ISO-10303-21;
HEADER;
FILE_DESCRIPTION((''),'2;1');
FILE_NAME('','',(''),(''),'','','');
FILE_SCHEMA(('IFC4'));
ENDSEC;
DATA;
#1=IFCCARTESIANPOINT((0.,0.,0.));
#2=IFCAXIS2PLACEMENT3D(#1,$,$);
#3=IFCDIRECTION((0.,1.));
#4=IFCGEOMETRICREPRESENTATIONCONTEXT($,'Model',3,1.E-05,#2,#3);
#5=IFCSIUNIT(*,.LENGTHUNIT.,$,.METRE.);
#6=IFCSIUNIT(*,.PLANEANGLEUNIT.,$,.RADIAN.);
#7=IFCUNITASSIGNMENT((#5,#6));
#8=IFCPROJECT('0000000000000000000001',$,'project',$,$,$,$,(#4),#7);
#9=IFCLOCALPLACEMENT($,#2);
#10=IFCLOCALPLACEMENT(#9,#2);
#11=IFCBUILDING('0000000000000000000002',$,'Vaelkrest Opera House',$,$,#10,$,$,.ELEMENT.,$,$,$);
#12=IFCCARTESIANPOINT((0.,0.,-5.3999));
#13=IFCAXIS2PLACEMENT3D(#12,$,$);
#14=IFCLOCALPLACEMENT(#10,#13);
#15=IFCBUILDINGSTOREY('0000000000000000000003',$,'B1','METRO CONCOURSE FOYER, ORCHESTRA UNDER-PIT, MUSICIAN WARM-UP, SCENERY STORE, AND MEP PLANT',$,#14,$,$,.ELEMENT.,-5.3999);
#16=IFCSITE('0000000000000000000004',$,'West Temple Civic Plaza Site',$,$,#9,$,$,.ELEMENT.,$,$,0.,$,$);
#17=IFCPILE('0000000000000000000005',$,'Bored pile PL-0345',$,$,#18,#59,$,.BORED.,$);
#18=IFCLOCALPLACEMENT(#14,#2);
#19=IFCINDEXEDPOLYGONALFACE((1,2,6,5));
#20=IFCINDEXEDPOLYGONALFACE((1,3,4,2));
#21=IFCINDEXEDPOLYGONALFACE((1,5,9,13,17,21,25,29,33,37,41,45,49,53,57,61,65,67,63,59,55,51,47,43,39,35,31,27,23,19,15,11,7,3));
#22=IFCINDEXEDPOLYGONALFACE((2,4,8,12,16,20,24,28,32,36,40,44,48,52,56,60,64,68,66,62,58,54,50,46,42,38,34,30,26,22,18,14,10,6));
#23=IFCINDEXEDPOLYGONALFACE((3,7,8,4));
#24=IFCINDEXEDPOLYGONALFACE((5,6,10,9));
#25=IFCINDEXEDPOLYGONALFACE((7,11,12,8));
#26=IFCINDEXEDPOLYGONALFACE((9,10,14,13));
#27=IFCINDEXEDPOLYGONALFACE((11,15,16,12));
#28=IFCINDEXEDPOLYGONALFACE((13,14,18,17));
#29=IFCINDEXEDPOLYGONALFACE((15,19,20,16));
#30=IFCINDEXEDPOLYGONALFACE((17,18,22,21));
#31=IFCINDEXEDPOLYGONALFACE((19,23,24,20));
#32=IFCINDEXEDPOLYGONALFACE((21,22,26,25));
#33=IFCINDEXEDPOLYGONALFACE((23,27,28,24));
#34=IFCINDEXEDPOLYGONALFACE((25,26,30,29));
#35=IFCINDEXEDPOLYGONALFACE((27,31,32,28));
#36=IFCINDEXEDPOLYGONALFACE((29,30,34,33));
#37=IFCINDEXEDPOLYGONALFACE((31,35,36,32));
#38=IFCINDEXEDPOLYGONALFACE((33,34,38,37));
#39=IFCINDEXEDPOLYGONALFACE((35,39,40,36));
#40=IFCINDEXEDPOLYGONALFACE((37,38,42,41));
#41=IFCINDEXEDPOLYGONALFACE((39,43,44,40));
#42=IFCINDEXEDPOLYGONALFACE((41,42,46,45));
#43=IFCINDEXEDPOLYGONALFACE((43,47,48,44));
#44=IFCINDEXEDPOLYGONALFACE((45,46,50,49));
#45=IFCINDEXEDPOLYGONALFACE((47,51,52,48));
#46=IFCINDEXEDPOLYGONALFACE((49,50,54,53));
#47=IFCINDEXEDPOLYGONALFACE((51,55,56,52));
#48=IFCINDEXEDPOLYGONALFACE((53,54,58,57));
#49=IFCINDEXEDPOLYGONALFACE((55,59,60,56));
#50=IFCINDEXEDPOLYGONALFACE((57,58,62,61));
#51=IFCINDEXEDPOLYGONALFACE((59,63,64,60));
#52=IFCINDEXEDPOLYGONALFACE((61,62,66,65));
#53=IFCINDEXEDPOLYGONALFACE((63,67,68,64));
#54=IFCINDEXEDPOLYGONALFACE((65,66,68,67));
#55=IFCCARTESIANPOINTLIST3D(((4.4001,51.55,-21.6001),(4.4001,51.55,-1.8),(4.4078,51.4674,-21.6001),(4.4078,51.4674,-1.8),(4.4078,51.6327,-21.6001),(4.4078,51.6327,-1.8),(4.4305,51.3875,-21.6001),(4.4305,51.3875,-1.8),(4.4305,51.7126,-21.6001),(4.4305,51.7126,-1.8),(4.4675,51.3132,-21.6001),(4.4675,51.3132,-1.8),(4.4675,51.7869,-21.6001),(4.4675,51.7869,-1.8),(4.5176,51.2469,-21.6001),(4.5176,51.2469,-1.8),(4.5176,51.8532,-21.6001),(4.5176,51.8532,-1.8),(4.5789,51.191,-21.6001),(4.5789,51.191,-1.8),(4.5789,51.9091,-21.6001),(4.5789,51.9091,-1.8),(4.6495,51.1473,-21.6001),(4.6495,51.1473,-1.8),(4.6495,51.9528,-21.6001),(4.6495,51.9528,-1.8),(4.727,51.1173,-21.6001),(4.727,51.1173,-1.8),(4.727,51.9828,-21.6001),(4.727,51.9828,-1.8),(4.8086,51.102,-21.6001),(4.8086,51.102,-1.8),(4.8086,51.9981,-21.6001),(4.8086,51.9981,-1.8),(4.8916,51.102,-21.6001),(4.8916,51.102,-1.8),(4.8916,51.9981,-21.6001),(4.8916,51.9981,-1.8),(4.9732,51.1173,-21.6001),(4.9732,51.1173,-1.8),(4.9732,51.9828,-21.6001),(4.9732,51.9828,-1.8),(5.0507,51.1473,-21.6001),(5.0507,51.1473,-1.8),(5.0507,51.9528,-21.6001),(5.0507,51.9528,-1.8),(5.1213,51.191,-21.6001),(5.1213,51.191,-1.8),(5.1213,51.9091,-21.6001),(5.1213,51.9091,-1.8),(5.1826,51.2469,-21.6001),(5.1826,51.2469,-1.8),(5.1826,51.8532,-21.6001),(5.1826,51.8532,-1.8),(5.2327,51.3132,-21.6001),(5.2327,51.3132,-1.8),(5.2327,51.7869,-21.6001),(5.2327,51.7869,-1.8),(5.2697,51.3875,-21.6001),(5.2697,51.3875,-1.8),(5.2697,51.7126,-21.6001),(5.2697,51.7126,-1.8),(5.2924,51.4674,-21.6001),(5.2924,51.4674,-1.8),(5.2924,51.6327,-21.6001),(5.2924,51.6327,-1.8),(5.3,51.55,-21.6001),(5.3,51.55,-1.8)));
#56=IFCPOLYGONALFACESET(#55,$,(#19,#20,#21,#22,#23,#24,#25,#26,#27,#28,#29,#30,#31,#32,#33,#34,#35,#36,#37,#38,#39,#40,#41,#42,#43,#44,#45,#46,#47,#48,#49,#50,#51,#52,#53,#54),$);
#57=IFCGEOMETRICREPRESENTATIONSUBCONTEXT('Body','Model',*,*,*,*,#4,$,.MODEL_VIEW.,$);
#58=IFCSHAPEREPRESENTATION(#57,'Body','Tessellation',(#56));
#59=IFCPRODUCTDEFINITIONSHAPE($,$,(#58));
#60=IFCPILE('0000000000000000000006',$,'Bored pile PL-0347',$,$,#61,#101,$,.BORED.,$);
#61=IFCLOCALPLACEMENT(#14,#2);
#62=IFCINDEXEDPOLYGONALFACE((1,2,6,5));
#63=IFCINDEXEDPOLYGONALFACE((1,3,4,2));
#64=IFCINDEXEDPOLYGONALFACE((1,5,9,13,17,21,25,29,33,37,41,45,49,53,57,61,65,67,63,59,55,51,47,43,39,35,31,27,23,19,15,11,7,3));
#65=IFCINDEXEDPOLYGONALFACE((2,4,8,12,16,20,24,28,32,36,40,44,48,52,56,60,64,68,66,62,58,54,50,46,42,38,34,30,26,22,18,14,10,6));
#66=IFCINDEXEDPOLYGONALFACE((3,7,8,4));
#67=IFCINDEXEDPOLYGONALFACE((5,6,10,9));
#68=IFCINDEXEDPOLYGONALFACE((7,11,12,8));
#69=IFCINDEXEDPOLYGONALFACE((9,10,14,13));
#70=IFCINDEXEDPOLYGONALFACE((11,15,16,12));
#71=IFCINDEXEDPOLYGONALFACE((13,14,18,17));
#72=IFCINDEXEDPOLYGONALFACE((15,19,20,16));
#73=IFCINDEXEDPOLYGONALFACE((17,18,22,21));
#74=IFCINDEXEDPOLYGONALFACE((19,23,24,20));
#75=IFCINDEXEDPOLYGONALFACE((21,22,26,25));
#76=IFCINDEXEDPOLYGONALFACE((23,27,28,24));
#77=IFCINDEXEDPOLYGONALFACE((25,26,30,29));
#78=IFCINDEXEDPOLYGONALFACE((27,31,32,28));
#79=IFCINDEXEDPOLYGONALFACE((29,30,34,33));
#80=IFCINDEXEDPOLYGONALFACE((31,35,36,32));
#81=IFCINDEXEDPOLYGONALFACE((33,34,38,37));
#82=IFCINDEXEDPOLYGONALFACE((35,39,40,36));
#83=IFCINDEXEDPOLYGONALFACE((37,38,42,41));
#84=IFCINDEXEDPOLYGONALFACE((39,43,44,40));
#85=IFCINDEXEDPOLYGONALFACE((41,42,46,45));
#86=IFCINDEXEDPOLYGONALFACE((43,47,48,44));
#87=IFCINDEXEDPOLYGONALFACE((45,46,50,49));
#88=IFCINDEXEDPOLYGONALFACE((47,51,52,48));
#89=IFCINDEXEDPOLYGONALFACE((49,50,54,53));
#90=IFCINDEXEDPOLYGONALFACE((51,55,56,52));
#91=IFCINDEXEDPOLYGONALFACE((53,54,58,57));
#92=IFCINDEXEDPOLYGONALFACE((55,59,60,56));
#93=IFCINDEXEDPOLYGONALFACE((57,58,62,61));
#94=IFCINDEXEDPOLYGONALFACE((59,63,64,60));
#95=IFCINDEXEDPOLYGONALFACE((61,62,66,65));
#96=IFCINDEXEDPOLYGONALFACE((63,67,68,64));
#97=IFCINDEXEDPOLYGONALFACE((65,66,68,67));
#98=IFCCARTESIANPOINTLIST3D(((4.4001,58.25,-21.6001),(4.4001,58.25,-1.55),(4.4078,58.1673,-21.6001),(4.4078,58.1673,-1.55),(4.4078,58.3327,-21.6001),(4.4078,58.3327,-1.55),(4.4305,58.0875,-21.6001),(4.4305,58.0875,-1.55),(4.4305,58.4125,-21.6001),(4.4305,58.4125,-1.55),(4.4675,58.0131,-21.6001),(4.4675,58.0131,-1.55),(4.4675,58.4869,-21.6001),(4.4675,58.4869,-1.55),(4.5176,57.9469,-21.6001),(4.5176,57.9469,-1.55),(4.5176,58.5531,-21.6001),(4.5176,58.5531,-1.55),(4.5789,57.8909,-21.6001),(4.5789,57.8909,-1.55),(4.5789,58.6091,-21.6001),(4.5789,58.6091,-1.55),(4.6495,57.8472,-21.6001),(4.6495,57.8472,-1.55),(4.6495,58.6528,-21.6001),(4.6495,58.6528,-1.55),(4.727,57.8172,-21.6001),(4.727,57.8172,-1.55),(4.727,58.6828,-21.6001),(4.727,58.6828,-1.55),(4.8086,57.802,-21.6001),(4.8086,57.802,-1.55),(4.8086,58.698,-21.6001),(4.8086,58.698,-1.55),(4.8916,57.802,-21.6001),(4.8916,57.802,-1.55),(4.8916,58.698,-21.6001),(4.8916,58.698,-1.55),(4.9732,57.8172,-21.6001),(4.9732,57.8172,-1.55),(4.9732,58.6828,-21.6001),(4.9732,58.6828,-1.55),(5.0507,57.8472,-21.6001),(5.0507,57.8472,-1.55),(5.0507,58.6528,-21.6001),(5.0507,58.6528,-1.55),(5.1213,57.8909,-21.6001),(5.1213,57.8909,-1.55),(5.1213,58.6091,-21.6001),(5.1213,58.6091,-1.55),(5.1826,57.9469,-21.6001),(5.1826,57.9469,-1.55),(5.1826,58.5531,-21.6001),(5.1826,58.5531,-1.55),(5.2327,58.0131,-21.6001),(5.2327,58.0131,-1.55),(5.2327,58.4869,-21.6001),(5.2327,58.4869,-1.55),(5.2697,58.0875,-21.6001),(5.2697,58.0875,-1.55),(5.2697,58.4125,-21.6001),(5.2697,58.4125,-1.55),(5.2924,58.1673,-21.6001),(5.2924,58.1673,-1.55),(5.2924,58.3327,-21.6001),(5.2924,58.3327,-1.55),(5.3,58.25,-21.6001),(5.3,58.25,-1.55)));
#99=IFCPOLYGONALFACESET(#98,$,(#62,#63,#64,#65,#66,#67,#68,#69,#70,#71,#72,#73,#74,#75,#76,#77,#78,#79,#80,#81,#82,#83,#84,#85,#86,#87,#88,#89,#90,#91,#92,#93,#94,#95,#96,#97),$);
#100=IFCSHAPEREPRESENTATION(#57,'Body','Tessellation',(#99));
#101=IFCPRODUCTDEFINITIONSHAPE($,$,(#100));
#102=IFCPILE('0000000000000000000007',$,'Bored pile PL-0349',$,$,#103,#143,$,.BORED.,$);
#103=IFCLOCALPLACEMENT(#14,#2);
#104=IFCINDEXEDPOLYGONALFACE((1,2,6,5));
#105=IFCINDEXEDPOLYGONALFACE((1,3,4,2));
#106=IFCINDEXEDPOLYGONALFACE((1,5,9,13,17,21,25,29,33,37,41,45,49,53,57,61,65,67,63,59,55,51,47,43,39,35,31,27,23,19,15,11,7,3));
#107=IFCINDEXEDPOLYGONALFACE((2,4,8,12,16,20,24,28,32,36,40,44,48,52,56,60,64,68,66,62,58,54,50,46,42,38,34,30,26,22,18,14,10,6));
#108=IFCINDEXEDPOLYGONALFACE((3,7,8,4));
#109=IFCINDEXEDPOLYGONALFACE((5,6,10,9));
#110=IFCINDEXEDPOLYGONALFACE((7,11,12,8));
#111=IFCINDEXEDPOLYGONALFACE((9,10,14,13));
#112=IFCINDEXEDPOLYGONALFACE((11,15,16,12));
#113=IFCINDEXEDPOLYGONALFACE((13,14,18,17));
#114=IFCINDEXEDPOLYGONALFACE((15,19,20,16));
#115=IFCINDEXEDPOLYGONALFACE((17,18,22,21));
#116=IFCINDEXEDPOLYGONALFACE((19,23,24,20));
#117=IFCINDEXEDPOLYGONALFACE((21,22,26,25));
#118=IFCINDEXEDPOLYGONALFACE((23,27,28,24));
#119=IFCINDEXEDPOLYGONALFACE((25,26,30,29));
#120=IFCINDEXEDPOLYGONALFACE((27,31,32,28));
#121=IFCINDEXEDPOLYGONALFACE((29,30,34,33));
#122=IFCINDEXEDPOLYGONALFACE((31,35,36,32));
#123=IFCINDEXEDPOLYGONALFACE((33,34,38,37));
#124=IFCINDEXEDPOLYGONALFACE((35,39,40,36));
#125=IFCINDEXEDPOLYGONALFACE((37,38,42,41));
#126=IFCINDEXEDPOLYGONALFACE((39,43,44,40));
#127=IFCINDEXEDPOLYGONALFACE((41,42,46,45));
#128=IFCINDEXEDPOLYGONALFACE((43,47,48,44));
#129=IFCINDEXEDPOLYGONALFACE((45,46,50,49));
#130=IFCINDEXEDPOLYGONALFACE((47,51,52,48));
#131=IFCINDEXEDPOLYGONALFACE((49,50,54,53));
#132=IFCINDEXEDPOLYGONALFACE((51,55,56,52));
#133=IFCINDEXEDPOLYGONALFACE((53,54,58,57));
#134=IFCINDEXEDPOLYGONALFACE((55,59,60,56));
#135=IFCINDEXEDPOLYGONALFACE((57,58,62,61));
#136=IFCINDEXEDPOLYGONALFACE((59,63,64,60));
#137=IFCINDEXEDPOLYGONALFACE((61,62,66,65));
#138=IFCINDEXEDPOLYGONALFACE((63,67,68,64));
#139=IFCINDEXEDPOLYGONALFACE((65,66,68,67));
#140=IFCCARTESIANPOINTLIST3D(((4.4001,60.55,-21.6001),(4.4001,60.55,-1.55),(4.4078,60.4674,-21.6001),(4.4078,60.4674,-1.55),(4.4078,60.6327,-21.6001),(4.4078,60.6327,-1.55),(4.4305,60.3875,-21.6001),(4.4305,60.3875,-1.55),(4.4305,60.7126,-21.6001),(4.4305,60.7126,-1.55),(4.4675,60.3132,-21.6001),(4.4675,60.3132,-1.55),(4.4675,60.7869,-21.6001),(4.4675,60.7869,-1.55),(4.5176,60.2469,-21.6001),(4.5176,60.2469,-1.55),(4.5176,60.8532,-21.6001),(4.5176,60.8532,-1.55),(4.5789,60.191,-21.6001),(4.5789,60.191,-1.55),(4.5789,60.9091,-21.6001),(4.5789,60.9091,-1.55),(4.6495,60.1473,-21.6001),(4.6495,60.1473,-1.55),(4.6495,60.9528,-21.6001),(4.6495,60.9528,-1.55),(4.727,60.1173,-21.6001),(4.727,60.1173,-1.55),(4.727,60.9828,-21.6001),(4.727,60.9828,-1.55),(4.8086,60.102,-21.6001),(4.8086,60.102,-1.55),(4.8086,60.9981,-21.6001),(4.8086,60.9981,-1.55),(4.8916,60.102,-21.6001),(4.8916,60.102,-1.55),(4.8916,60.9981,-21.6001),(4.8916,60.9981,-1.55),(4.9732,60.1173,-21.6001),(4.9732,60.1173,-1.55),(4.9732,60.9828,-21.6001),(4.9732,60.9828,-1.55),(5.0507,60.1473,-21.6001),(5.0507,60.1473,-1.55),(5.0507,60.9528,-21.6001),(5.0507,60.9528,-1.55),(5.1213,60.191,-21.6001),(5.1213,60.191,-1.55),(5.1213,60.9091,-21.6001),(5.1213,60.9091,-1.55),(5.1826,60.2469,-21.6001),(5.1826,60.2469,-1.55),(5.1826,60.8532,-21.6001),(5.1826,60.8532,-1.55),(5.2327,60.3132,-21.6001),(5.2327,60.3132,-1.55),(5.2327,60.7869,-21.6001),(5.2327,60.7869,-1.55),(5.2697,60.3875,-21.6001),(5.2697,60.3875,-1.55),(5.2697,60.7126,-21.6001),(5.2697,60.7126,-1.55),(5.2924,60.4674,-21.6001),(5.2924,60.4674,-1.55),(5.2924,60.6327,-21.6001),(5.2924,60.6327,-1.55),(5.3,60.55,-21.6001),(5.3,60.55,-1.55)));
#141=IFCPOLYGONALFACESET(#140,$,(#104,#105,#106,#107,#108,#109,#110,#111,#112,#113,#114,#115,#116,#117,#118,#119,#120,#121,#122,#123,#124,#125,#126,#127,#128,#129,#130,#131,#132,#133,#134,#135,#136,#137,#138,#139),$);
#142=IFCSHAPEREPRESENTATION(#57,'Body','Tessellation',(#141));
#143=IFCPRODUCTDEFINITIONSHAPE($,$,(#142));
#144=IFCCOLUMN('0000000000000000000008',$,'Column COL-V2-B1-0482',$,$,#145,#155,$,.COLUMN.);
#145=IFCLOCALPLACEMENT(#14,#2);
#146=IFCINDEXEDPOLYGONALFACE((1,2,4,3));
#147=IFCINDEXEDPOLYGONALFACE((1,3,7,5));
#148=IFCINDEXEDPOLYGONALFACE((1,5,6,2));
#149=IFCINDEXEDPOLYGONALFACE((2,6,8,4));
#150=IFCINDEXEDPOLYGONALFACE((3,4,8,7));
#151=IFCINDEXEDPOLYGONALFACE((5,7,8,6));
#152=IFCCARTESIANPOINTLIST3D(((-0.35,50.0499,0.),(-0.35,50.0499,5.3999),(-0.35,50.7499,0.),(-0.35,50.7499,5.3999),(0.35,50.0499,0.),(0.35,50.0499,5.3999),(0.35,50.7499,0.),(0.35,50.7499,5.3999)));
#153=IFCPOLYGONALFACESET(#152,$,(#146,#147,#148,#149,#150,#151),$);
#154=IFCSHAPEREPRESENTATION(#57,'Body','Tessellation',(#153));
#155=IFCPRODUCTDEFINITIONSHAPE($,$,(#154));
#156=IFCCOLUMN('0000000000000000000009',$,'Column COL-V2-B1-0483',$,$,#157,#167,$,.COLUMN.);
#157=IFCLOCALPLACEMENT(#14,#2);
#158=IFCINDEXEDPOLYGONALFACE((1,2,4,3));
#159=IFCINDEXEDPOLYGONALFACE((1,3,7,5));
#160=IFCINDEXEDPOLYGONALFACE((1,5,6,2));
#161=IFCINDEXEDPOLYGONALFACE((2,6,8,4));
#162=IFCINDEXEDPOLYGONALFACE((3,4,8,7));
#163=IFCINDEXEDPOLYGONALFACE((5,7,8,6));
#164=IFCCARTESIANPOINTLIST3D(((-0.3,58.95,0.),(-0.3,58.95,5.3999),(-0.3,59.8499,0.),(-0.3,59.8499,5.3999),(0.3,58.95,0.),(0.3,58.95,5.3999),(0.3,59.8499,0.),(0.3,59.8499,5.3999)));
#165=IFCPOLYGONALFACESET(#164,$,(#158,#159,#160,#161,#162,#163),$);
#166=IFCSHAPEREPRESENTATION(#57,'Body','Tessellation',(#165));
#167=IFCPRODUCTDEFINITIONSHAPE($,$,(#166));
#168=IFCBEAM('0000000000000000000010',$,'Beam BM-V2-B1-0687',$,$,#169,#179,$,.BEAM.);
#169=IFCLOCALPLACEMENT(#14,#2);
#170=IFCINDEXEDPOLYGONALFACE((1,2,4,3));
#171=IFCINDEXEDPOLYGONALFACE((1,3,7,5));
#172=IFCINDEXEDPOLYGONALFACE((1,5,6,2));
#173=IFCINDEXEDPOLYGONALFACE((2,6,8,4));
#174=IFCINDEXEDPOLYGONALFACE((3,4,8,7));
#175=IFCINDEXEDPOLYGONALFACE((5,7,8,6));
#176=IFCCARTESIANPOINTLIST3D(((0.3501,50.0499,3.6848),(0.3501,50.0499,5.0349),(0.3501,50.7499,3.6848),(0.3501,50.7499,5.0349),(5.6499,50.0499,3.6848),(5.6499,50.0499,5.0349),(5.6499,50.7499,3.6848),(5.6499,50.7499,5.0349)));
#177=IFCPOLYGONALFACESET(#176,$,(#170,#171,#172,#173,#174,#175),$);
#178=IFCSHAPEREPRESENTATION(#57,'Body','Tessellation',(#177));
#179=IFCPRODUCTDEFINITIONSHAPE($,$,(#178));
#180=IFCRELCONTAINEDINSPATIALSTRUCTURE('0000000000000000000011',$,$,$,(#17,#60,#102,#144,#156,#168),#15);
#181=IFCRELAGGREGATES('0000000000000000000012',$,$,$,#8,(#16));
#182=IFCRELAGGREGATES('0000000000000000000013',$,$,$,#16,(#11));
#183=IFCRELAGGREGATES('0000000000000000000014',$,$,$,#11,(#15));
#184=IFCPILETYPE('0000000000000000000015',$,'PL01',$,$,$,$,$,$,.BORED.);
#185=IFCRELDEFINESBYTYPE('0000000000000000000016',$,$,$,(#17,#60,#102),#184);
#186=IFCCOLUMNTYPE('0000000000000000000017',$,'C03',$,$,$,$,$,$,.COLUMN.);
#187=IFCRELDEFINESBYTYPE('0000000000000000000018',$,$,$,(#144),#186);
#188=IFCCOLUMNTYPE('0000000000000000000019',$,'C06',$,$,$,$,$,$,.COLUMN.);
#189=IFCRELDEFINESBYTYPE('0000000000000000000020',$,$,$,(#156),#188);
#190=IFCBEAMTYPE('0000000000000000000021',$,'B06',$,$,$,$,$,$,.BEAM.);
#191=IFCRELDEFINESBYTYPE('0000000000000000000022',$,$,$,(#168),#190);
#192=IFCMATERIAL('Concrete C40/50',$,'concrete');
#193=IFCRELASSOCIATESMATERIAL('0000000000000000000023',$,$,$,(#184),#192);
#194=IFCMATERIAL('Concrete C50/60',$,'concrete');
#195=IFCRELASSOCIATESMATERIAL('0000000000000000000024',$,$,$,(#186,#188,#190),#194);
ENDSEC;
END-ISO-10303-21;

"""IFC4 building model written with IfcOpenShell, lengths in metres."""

from ifc_helpers import new_model, si_unit, direction, frame, origin, origin_2d, place, context, subcontext, project, spatial, rectangle, circle, extrude, material, material_profile, profile_set, type_object, element, save


model = new_model("IFC4")

# Units and contexts
model_context = context("Model", 3, precision=1e-05, world=origin(), true_north=direction((0.0, 1.0)))
body_context = subcontext(model_context, "Body", "Model", "MODEL_VIEW")
ifc_project = project(units=[si_unit("LENGTHUNIT", "METRE"), si_unit("PLANEANGLEUNIT", "RADIAN")], contexts=[model_context])

# Site, building, storey
site_placement = place(None, origin())
site = spatial("IfcSite", under=ifc_project, at=site_placement, Name="West Temple Civic Plaza Site", CompositionType="ELEMENT", RefElevation=0.0)
building_placement = place(site_placement, origin())
building = spatial("IfcBuilding", under=site, at=building_placement, Name="Vaelkrest Opera House", CompositionType="ELEMENT")
storey_placement = place(building_placement, frame((0.0, 0.0, -5.3999)))
storey = spatial("IfcBuildingStorey", under=building, at=storey_placement, Name="B1", Description="METRO CONCOURSE FOYER, ORCHESTRA UNDER-PIT, MUSICIAN WARM-UP, SCENERY STORE, AND MEP PLANT", CompositionType="ELEMENT", Elevation=-5.3999)

# Shared definitions
ifc_material_1 = material(Name="Concrete C40/50", Category="concrete")

# Piles
ifc_material_profile_1 = material_profile(ifc_material_1, circle(Radius=0.45, at=origin_2d()), Name="PILE900")
ifc_profile_set_1 = profile_set([ifc_material_profile_1], Name="Concrete C40/50")
pile_type = type_object("IfcPileType", Name="PL01", PredefinedType="BORED", material=ifc_profile_set_1)
for number, where, z_axis, x_axis, name in (
    (1, (4.8501, 51.55, -1.8), (0.0, 0.0, -1.0), (1.0, 0.0, 0.0), "Bored pile PL-0345"),
):
    element("IfcPile", number, at=place(storey_placement, frame(where, z_axis=z_axis, x_axis=x_axis)), inside=storey, type_object=pile_type, Name=name, PredefinedType="BORED", context=body_context, shape_type="SweptSolid", body=[
        extrude(circle(Radius=0.45, at=origin_2d()), origin(), (0.0, 0.0, 1.0), 19.8),
    ])
for number, where, z_axis, x_axis, name in (
    (2, (4.8501, 58.25, -1.55), (0.0, 0.0, -1.0), (1.0, 0.0, 0.0), "Bored pile PL-0347"),
    (3, (4.8501, 60.55, -1.55), (0.0, 0.0, -1.0), (1.0, 0.0, 0.0), "Bored pile PL-0349"),
):
    element("IfcPile", number, at=place(storey_placement, frame(where, z_axis=z_axis, x_axis=x_axis)), inside=storey, type_object=pile_type, Name=name, PredefinedType="BORED", context=body_context, shape_type="SweptSolid", body=[
        extrude(circle(Radius=0.45, at=origin_2d()), origin(), (0.0, 0.0, 1.0), 20.05),
    ])

# Columns
ifc_material_2 = material(Name="Concrete C50/60", Category="concrete")
ifc_material_profile_2 = material_profile(ifc_material_2, rectangle(XDim=0.7, YDim=0.7, at=origin_2d()), Name="RC700X700")
ifc_profile_set_2 = profile_set([ifc_material_profile_2], Name="Concrete C50/60")
column_type_1 = type_object("IfcColumnType", Name="C03", PredefinedType="COLUMN", material=ifc_profile_set_2)
column_1_placement = place(storey_placement, frame((0.0, 50.3999, 0.0), z_axis=(0.0, 0.0, 1.0), x_axis=(1.0, 0.0, 0.0)))
element("IfcColumn", 4, at=column_1_placement, inside=storey, type_object=column_type_1, Name="Column COL-V2-B1-0482", PredefinedType="COLUMN", context=body_context, shape_type="SweptSolid", body=[
    extrude(rectangle(XDim=0.7, YDim=0.7, at=origin_2d()), origin(), (0.0, 0.0, 1.0), 5.3999),
])
ifc_material_profile_3 = material_profile(ifc_material_2, rectangle(XDim=0.6001, YDim=0.8999, at=origin_2d()), Name="RC600X900")
ifc_profile_set_3 = profile_set([ifc_material_profile_3], Name="Concrete C50/60")
column_type_2 = type_object("IfcColumnType", Name="C06", PredefinedType="COLUMN", material=ifc_profile_set_3)
column_2_placement = place(storey_placement, frame((0.0, 59.3999, 0.0), z_axis=(0.0, 0.0, 1.0), x_axis=(1.0, 0.0, 0.0)))
element("IfcColumn", 5, at=column_2_placement, inside=storey, type_object=column_type_2, Name="Column COL-V2-B1-0483", PredefinedType="COLUMN", context=body_context, shape_type="SweptSolid", body=[
    extrude(rectangle(XDim=0.6001, YDim=0.8999, at=origin_2d()), origin(), (0.0, 0.0, 1.0), 5.3999),
])

# Beam
ifc_material_profile_4 = material_profile(ifc_material_2, rectangle(XDim=0.7, YDim=1.3501, at=origin_2d()), Name="RCB700X1350")
ifc_profile_set_4 = profile_set([ifc_material_profile_4], Name="Concrete C50/60")
beam_type_1 = type_object("IfcBeamType", Name="B06", PredefinedType="BEAM", material=ifc_profile_set_4)
beam_1_placement = place(storey_placement, frame((0.3501, 50.3999, 4.3599), z_axis=(1.0, 0.0, 0.0), x_axis=(0.0, 1.0, 0.0)))
element("IfcBeam", 6, at=beam_1_placement, inside=storey, type_object=beam_type_1, Name="Beam BM-V2-B1-0687", PredefinedType="BEAM", context=body_context, shape_type="SweptSolid", body=[
    extrude(rectangle(XDim=0.7, YDim=1.3501, at=origin_2d()), origin(), (0.0, 0.0, 1.0), 5.2998),
])

save(model, "model.ifc")
